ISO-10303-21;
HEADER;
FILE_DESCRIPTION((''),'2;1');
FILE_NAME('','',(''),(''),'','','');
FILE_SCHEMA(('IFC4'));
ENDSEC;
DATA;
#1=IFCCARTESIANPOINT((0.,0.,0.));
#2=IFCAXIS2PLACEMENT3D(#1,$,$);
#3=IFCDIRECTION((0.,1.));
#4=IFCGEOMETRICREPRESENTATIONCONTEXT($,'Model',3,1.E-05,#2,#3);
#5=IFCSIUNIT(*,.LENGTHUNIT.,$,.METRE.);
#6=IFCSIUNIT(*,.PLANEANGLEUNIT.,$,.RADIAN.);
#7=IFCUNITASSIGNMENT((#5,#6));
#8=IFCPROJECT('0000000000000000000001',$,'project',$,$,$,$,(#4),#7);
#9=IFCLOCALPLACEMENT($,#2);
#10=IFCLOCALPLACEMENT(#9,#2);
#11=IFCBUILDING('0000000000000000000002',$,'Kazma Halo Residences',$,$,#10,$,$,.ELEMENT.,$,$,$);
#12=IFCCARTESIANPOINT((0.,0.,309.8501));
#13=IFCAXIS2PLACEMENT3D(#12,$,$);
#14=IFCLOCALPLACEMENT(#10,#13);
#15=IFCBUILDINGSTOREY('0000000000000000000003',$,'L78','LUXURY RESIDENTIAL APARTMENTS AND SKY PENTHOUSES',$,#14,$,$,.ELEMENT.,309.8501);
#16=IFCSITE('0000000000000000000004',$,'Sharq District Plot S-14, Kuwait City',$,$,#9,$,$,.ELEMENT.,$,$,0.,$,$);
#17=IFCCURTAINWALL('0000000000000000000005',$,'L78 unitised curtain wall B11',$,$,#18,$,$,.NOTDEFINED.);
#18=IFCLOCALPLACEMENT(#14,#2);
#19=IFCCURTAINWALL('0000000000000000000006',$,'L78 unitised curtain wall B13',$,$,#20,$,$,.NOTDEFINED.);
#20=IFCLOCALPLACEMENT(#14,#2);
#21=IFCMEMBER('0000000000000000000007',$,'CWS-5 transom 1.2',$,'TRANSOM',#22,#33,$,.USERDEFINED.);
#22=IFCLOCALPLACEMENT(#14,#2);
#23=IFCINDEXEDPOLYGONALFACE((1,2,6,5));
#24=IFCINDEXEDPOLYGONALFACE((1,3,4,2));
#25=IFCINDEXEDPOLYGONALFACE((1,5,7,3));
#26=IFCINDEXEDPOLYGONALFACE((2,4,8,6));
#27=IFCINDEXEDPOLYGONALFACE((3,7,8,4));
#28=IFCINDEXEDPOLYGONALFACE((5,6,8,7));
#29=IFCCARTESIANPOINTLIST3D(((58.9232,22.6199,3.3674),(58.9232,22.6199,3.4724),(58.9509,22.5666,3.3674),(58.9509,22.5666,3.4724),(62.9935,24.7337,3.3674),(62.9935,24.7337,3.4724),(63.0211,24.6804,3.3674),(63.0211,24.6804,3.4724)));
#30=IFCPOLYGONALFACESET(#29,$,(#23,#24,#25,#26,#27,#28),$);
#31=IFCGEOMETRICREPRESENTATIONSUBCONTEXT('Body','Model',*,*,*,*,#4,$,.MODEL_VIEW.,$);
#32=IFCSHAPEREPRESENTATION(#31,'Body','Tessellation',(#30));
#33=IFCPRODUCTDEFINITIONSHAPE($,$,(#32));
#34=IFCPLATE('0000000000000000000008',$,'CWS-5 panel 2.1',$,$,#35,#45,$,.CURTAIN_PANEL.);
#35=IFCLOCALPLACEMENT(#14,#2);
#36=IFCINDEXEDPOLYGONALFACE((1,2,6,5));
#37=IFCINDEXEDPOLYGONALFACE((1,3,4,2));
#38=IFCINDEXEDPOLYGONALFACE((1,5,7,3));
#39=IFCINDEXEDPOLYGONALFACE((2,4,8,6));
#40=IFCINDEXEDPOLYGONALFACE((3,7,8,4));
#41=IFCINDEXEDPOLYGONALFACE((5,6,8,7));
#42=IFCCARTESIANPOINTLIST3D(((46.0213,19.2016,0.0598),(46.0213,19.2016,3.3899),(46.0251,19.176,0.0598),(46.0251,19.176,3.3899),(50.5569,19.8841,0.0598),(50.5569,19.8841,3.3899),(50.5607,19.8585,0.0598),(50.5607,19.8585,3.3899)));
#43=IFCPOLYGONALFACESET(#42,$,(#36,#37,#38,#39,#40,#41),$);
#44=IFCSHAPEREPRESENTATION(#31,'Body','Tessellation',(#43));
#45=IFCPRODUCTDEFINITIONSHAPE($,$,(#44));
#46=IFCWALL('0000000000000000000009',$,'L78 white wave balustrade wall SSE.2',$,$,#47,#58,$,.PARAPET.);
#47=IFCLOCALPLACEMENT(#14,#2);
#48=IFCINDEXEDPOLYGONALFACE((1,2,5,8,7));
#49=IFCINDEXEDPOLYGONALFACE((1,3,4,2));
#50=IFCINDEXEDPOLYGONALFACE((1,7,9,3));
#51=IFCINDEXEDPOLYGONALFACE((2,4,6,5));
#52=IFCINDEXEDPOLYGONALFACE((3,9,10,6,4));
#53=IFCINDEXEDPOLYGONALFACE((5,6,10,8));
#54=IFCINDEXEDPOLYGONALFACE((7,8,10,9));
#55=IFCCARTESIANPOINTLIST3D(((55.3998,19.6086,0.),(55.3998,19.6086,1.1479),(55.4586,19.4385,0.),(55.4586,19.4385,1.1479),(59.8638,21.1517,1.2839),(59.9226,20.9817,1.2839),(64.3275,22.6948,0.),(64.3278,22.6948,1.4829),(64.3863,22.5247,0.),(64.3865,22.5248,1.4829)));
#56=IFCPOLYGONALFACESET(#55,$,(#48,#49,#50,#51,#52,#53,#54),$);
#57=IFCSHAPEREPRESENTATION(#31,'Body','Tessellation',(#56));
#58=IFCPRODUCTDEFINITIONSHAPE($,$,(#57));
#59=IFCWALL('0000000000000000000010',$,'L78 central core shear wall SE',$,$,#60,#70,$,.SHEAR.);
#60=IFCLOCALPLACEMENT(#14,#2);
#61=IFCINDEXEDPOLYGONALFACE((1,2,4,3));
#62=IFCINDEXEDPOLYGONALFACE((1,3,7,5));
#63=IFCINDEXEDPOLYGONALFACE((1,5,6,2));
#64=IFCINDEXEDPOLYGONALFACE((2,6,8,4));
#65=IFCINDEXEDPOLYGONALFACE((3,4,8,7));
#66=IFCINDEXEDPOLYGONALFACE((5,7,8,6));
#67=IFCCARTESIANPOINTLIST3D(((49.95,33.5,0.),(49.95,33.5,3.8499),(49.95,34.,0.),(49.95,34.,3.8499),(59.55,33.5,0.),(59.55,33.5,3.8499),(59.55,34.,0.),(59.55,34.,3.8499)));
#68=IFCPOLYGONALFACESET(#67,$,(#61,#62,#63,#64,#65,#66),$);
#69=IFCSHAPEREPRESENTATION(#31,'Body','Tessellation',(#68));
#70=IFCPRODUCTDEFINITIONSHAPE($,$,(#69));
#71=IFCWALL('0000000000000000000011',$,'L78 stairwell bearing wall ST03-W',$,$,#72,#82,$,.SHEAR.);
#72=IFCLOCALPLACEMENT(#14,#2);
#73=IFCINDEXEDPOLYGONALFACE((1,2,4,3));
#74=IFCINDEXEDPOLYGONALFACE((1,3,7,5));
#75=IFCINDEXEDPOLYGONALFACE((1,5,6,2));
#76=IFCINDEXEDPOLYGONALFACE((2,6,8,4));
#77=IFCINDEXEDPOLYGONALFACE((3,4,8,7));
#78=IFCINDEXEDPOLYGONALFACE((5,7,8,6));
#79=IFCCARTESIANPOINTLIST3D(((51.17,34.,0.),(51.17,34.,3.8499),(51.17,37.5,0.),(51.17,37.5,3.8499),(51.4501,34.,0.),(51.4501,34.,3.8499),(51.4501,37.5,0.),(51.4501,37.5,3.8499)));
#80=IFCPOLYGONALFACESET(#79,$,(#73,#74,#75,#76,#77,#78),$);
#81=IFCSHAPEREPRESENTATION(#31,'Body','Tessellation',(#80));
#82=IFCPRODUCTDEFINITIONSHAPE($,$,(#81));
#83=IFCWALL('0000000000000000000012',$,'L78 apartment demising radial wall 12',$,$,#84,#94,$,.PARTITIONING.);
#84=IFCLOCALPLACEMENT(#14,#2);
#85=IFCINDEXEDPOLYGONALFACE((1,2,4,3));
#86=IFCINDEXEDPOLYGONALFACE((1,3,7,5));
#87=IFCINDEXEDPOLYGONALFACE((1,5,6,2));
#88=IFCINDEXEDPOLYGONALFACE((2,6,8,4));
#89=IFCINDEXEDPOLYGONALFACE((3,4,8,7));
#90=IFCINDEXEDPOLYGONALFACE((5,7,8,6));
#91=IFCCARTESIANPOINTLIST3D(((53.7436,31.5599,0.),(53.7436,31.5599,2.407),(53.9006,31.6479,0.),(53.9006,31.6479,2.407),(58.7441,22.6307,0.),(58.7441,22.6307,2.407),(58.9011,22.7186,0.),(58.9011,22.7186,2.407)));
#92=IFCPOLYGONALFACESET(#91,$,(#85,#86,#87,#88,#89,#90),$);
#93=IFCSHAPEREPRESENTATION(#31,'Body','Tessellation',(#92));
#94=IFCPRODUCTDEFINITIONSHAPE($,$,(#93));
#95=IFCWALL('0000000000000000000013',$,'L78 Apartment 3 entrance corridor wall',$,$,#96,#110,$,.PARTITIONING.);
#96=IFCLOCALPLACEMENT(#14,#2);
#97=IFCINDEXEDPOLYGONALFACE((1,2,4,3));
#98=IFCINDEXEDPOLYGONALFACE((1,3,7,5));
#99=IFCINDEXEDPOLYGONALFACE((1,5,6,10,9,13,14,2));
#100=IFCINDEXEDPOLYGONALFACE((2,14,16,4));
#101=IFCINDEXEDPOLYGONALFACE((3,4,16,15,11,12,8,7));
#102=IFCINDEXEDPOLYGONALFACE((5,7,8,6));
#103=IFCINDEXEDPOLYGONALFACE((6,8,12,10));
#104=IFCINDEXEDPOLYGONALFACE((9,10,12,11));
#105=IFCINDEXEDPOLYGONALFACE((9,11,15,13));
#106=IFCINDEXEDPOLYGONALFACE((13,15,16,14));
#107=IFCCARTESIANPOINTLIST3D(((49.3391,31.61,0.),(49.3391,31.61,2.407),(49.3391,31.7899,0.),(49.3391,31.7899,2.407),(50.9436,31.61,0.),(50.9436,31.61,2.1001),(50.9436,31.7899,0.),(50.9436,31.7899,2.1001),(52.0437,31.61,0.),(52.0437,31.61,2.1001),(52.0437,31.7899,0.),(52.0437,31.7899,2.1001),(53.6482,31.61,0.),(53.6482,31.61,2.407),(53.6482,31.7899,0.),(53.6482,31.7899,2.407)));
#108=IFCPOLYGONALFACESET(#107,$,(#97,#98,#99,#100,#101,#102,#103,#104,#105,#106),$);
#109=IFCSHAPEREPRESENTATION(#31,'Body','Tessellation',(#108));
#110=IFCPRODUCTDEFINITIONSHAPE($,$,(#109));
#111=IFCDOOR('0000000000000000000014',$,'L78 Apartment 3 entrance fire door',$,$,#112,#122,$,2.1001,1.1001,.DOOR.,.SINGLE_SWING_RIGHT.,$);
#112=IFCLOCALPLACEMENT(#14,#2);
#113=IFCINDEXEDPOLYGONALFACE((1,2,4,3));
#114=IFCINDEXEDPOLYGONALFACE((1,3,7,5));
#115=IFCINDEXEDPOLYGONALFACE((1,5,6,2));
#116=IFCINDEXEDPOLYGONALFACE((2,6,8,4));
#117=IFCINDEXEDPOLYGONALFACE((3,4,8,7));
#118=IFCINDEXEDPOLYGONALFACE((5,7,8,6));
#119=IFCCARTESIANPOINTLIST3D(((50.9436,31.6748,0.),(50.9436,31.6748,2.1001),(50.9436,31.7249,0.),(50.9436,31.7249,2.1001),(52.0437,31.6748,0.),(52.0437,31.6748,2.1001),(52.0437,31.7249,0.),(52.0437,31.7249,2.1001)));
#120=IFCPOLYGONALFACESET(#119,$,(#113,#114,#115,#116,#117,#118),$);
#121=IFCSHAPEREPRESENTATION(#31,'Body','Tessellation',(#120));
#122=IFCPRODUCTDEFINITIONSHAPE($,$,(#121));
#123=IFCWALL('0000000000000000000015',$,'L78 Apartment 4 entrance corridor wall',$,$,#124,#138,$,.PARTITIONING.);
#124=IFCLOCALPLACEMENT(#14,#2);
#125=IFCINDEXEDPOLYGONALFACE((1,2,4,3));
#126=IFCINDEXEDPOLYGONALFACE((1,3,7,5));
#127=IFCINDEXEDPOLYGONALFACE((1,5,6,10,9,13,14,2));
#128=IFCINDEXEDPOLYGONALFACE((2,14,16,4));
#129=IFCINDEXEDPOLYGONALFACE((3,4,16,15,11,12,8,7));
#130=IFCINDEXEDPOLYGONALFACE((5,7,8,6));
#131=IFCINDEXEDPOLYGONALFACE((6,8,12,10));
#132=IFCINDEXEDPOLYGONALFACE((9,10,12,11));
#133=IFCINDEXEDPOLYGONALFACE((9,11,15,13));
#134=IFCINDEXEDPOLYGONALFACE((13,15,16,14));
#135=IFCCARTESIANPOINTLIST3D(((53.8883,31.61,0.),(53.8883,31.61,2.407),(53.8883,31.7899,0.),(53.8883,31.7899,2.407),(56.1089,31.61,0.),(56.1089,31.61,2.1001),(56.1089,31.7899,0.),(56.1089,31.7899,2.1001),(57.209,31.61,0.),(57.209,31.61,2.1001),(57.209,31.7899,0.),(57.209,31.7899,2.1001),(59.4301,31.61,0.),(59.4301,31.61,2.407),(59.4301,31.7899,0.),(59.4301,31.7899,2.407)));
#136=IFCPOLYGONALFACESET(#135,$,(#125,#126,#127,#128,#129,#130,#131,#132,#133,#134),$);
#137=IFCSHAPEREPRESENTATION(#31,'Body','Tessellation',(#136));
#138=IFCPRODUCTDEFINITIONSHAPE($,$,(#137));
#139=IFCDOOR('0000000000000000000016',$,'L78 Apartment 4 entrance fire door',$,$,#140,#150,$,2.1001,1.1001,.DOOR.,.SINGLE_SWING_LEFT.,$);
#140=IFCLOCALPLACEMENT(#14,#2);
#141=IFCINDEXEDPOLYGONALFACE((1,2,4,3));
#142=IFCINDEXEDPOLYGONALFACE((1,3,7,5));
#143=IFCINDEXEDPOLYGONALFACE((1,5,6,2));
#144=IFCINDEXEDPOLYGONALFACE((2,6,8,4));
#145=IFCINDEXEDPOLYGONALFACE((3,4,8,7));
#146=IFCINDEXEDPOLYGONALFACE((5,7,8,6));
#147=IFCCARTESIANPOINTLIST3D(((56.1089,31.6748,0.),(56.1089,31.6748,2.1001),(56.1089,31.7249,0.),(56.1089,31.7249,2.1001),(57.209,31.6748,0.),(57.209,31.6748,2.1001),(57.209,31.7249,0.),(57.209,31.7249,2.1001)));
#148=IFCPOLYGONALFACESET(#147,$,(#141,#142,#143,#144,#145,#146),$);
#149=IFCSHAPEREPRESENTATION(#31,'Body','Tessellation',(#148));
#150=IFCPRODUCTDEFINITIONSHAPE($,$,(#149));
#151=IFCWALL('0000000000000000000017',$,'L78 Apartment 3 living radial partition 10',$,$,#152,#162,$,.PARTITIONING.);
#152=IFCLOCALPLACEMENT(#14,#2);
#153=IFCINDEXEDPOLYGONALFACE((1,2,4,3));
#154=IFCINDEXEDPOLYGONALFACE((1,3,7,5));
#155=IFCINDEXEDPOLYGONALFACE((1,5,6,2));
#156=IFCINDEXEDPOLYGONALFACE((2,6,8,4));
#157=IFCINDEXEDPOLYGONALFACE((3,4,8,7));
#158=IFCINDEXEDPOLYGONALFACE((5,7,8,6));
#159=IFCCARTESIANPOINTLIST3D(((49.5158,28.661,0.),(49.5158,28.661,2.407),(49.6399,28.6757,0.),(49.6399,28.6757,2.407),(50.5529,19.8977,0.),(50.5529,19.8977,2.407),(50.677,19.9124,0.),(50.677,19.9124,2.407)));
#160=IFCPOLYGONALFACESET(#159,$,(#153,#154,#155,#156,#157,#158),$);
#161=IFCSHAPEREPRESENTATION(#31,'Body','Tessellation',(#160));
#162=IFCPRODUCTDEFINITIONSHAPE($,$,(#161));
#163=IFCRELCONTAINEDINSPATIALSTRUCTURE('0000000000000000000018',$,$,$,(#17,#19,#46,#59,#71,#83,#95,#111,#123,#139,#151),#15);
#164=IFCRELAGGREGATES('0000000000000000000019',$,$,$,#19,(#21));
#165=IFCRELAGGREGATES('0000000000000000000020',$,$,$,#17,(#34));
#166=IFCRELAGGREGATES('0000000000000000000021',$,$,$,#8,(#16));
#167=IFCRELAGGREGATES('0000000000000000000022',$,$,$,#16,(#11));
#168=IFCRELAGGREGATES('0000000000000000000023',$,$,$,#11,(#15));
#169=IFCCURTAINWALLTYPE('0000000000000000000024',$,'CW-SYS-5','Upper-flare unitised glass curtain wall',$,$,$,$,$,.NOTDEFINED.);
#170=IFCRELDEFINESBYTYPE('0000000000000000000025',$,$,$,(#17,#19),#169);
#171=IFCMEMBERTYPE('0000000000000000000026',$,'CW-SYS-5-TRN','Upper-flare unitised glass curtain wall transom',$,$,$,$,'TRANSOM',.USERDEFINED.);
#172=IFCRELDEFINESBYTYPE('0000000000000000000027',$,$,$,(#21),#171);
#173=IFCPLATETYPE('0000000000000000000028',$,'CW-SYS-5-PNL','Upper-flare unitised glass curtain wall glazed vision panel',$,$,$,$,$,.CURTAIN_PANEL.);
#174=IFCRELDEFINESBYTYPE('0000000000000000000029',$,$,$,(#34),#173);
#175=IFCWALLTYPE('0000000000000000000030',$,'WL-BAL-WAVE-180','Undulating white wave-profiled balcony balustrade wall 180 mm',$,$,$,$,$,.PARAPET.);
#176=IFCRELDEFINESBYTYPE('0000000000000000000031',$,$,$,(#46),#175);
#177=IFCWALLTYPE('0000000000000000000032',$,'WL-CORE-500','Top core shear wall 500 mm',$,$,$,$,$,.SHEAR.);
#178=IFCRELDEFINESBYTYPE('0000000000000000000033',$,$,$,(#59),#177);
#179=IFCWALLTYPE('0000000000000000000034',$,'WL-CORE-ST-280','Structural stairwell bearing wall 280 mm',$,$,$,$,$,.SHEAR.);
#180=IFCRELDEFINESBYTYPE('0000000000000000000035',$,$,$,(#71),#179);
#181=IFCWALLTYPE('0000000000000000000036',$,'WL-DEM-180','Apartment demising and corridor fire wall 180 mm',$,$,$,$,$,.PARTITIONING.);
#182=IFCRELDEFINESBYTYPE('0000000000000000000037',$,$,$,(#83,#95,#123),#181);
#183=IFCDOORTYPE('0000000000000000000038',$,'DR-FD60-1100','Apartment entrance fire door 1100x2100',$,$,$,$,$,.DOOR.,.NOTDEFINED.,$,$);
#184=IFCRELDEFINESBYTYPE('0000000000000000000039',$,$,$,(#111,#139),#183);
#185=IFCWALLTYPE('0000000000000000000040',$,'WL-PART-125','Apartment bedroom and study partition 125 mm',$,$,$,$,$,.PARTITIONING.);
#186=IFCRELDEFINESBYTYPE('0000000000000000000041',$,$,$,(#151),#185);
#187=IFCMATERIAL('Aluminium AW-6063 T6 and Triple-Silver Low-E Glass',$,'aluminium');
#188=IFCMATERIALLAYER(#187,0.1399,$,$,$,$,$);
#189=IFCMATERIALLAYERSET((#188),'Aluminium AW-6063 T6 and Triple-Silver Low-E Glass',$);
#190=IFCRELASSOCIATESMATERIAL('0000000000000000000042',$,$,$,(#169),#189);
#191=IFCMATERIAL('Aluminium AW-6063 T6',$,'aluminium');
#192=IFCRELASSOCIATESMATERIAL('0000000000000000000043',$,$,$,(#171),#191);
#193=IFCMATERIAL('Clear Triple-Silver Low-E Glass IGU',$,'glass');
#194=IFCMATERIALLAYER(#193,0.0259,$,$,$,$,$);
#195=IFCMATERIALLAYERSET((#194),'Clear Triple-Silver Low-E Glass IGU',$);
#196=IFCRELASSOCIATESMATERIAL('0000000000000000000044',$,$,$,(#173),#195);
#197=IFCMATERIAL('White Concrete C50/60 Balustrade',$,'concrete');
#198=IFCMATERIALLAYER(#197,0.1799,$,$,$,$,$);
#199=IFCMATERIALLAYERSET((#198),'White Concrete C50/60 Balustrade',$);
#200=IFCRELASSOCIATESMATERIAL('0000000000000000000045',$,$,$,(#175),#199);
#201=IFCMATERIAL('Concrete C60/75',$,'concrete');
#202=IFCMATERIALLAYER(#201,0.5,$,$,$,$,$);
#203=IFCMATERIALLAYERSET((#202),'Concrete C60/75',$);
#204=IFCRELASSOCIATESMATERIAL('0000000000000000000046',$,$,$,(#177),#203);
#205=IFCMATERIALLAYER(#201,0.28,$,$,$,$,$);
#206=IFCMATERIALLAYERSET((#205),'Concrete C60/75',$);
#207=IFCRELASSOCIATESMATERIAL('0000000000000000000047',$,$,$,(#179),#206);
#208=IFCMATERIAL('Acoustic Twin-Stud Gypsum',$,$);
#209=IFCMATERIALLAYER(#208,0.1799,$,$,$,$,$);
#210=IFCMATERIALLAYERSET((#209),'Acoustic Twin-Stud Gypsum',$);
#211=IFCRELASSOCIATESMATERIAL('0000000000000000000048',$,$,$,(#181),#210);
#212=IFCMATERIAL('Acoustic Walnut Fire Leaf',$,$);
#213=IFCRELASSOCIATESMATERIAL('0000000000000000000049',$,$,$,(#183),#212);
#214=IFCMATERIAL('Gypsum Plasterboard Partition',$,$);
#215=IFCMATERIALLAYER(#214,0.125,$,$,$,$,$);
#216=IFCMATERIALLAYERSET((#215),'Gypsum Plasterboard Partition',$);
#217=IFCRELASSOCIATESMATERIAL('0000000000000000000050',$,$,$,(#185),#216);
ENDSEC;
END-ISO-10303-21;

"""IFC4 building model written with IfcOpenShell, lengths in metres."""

from ifc_helpers import new_model, si_unit, direction, frame, frame_2d, origin, origin_2d, place, context, subcontext, project, spatial, polyline, rectangle, outline, extrude, material, layer, layer_set, material_profile, profile_set, type_object, element, fill, aggregate, save


model = new_model("IFC4")

# Units and contexts
model_context = context("Model", 3, precision=1e-05, world=origin(), true_north=direction((0.0, 1.0)))
body_context = subcontext(model_context, "Body", "Model", "MODEL_VIEW")
ifc_project = project(units=[si_unit("LENGTHUNIT", "METRE"), si_unit("PLANEANGLEUNIT", "RADIAN")], contexts=[model_context])

# Site, building, storey
site_placement = place(None, origin())
site = spatial("IfcSite", under=ifc_project, at=site_placement, Name="Sharq District Plot S-14, Kuwait City", CompositionType="ELEMENT", RefElevation=0.0)
building_placement = place(site_placement, origin())
building = spatial("IfcBuilding", under=site, at=building_placement, Name="Kazma Halo Residences", CompositionType="ELEMENT")
storey_placement = place(building_placement, frame((0.0, 0.0, 309.8501)))
storey = spatial("IfcBuildingStorey", under=building, at=storey_placement, Name="L78", Description="LUXURY RESIDENTIAL APARTMENTS AND SKY PENTHOUSES", CompositionType="ELEMENT", Elevation=309.8501)

# Shared definitions
ifc_material_1 = material(Name="Concrete C60/75", Category="concrete")

# Curtain wall
ifc_material_2 = material(Name="Aluminium AW-6063 T6 and Triple-Silver Low-E Glass", Category="aluminium")
ifc_layer_1 = layer(ifc_material_2, 0.1399)
ifc_layer_set_1 = layer_set([ifc_layer_1], Name="Aluminium AW-6063 T6 and Triple-Silver Low-E Glass")
curtain_wall_type = type_object("IfcCurtainWallType", Name="CW-SYS-5", Description="Upper-flare unitised glass curtain wall", PredefinedType="NOTDEFINED", material=ifc_layer_set_1)
curtain_wall_1_placement = place(storey_placement, origin())
curtain_wall_1 = element("IfcCurtainWall", 1, at=curtain_wall_1_placement, inside=storey, type_object=curtain_wall_type, Name="L78 unitised curtain wall B11", PredefinedType="NOTDEFINED")
ifc_material_3 = material(Name="Aluminium AW-6063 T6", Category="aluminium")

# Curtain wall, member
curtain_wall_2_placement = place(storey_placement, origin())
curtain_wall_2 = element("IfcCurtainWall", 2, at=curtain_wall_2_placement, inside=storey, type_object=curtain_wall_type, Name="L78 unitised curtain wall B13", PredefinedType="NOTDEFINED")
ifc_material_profile_1 = material_profile(ifc_material_3, rectangle(XDim=0.0601, YDim=0.105, at=origin_2d()), Name="CWT-60x105")
ifc_profile_set_1 = profile_set([ifc_material_profile_1], Name="Aluminium AW-6063 T6")
member_type_1 = type_object("IfcMemberType", Name="CW-SYS-5-TRN", Description="Upper-flare unitised glass curtain wall transom", ElementType="TRANSOM", PredefinedType="USERDEFINED", material=ifc_profile_set_1)
member_1_placement = place(storey_placement, frame((58.937, 22.5933, 3.4199), z_axis=(0.887466, 0.460873, 0.0), x_axis=(-0.460873, 0.887466, 0.0)))
member_1 = element("IfcMember", 3, at=member_1_placement, type_object=member_type_1, Name="CWS-5 transom 1.2", ObjectType="TRANSOM", PredefinedType="USERDEFINED", context=body_context, shape_type="SweptSolid", body=[
    extrude(rectangle(XDim=0.0601, YDim=0.105, at=origin_2d()), origin(), (0.0, 0.0, 1.0), 4.5864),
])
aggregate(curtain_wall_2, [member_1])

# Plate
ifc_material_4 = material(Name="Clear Triple-Silver Low-E Glass IGU", Category="glass")
ifc_layer_2 = layer(ifc_material_4, 0.0259)
ifc_layer_set_2 = layer_set([ifc_layer_2], Name="Clear Triple-Silver Low-E Glass IGU")
plate_type = type_object("IfcPlateType", Name="CW-SYS-5-PNL", Description="Upper-flare unitised glass curtain wall glazed vision panel", PredefinedType="CURTAIN_PANEL", material=ifc_layer_set_2)
plate_placement = place(storey_placement, frame((48.291, 19.53, 0.0598), z_axis=(0.0, 0.0, 1.0), x_axis=(0.988867, 0.148804, 0.0)))
plate = element("IfcPlate", 4, at=plate_placement, type_object=plate_type, Name="CWS-5 panel 2.1", PredefinedType="CURTAIN_PANEL", context=body_context, shape_type="SweptSolid", body=[
    extrude(rectangle(XDim=4.5867, YDim=0.0259, at=origin_2d()), origin(), (0.0, 0.0, 1.0), 3.3301),
])
aggregate(curtain_wall_1, [plate])

# Walls
ifc_material_5 = material(Name="White Concrete C50/60 Balustrade", Category="concrete")
ifc_layer_3 = layer(ifc_material_5, 0.1799)
ifc_layer_set_3 = layer_set([ifc_layer_3], Name="White Concrete C50/60 Balustrade")
wall_type_1 = type_object("IfcWallType", Name="WL-BAL-WAVE-180", Description="Undulating white wave-profiled balcony balustrade wall 180 mm", PredefinedType="PARAPET", material=ifc_layer_set_3)
wall_1_placement = place(storey_placement, frame((55.4292, 19.5237, 0.0), z_axis=(0.0, 0.0, 1.0), x_axis=(0.945123, 0.326715, 0.0)))
element("IfcWall", 5, at=wall_1_placement, inside=storey, type_object=wall_type_1, Name="L78 white wave balustrade wall SSE.2", PredefinedType="PARAPET", context=body_context, shape_type="SweptSolid", body=[
    extrude(outline(polyline([(0.0, 0.0), (9.446, 0.0), (9.4463, 1.4829), (4.7231, 1.2839), (0.0, 1.1479), (0.0, 0.0)])), frame((0.0, 0.0898, 0.0), z_axis=(0.0, -1.0, 0.0), x_axis=(1.0, 0.0, 0.0)), (0.0, 0.0, 1.0), 0.1799),
])
ifc_layer_4 = layer(ifc_material_1, 0.5)
ifc_layer_set_4 = layer_set([ifc_layer_4], Name="Concrete C60/75")
wall_type_2 = type_object("IfcWallType", Name="WL-CORE-500", Description="Top core shear wall 500 mm", PredefinedType="SHEAR", material=ifc_layer_set_4)
wall_2_placement = place(storey_placement, frame((49.95, 33.75, 0.0), z_axis=(0.0, 0.0, 1.0), x_axis=(1.0, 0.0, 0.0)))
element("IfcWall", 6, at=wall_2_placement, inside=storey, type_object=wall_type_2, Name="L78 central core shear wall SE", PredefinedType="SHEAR", context=body_context, shape_type="SweptSolid", body=[
    extrude(rectangle(XDim=9.6001, YDim=0.5, at=frame_2d((4.8, 0.0))), origin(), (0.0, 0.0, 1.0), 3.8499),
])
ifc_layer_5 = layer(ifc_material_1, 0.28)
ifc_layer_set_5 = layer_set([ifc_layer_5], Name="Concrete C60/75")
wall_type_3 = type_object("IfcWallType", Name="WL-CORE-ST-280", Description="Structural stairwell bearing wall 280 mm", PredefinedType="SHEAR", material=ifc_layer_set_5)
wall_3_placement = place(storey_placement, frame((51.3101, 34.0, 0.0), z_axis=(0.0, 0.0, 1.0), x_axis=(0.0, 1.0, 0.0)))
element("IfcWall", 7, at=wall_3_placement, inside=storey, type_object=wall_type_3, Name="L78 stairwell bearing wall ST03-W", PredefinedType="SHEAR", context=body_context, shape_type="SweptSolid", body=[
    extrude(rectangle(XDim=3.5, YDim=0.28, at=frame_2d((1.75, 0.0))), origin(), (0.0, 0.0, 1.0), 3.8499),
])
ifc_material_6 = material(Name="Acoustic Twin-Stud Gypsum")
ifc_layer_6 = layer(ifc_material_6, 0.1799)
ifc_layer_set_6 = layer_set([ifc_layer_6], Name="Acoustic Twin-Stud Gypsum")
wall_type_4 = type_object("IfcWallType", Name="WL-DEM-180", Description="Apartment demising and corridor fire wall 180 mm", PredefinedType="PARTITIONING", material=ifc_layer_set_6)
wall_4_placement = place(storey_placement, frame((53.822, 31.604, 0.0), z_axis=(0.0, 0.0, 1.0), x_axis=(0.488614, -0.8725, 0.0)))
element("IfcWall", 8, at=wall_4_placement, inside=storey, type_object=wall_type_4, Name="L78 apartment demising radial wall 12", PredefinedType="PARTITIONING", context=body_context, shape_type="SweptSolid", body=[
    extrude(rectangle(XDim=10.2341, YDim=0.1799, at=frame_2d((5.1172, 0.0))), origin(), (0.0, 0.0, 1.0), 2.407),
])

# Walls, openings, doors
wall_5_placement = place(storey_placement, frame((49.3391, 31.7, 0.0), z_axis=(0.0, 0.0, 1.0), x_axis=(1.0, 0.0, 0.0)))
wall_5 = element("IfcWall", 9, at=wall_5_placement, inside=storey, type_object=wall_type_4, Name="L78 Apartment 3 entrance corridor wall", PredefinedType="PARTITIONING", context=body_context, shape_type="SweptSolid", body=[
    extrude(rectangle(XDim=4.3091, YDim=0.1799, at=frame_2d((2.1545, 0.0))), origin(), (0.0, 0.0, 1.0), 2.407),
])
opening_1_placement = place(wall_5_placement, frame((1.6045, 0.0, 0.0)))
opening_1 = element("IfcOpeningElement", 10, at=opening_1_placement, cuts=wall_5, PredefinedType="OPENING", context=body_context, shape_type="SweptSolid", body=[
    extrude(rectangle(XDim=1.1001, YDim=2.1001, at=frame_2d((0.55, 1.05))), frame((0.0, 0.0999, 0.0), z_axis=(0.0, -1.0, 0.0), x_axis=(1.0, 0.0, 0.0)), (0.0, 0.0, 1.0), 0.2),
])
ifc_material_7 = material(Name="Acoustic Walnut Fire Leaf")
door_type_1 = type_object("IfcDoorType", Name="DR-FD60-1100", Description="Apartment entrance fire door 1100x2100", OperationType="NOTDEFINED", PredefinedType="DOOR", material=ifc_material_7)
door_1_placement = place(opening_1_placement, origin())
door_1 = element("IfcDoor", 11, at=door_1_placement, inside=storey, type_object=door_type_1, Name="L78 Apartment 3 entrance fire door", OperationType="SINGLE_SWING_RIGHT", OverallHeight=2.1001, OverallWidth=1.1001, PredefinedType="DOOR", context=body_context, shape_type="SweptSolid", body=[
    extrude(rectangle(XDim=1.1001, YDim=2.1001, at=frame_2d((0.55, 1.05))), frame((0.0, 0.0249, 0.0), z_axis=(0.0, -1.0, 0.0), x_axis=(1.0, 0.0, 0.0)), (0.0, 0.0, 1.0), 0.05),
])
fill(opening_1, door_1)
wall_6_placement = place(storey_placement, frame((53.8882, 31.7, 0.0), z_axis=(0.0, 0.0, 1.0), x_axis=(1.0, 0.0, 0.0)))
wall_6 = element("IfcWall", 12, at=wall_6_placement, inside=storey, type_object=wall_type_4, Name="L78 Apartment 4 entrance corridor wall", PredefinedType="PARTITIONING", context=body_context, shape_type="SweptSolid", body=[
    extrude(rectangle(XDim=5.5417, YDim=0.1799, at=frame_2d((2.771, 0.0))), origin(), (0.0, 0.0, 1.0), 2.407),
])
opening_2_placement = place(wall_6_placement, frame((2.2207, 0.0, 0.0)))
opening_2 = element("IfcOpeningElement", 13, at=opening_2_placement, cuts=wall_6, PredefinedType="OPENING", context=body_context, shape_type="SweptSolid", body=[
    extrude(rectangle(XDim=1.1001, YDim=2.1001, at=frame_2d((0.55, 1.05))), frame((0.0, 0.0999, 0.0), z_axis=(0.0, -1.0, 0.0), x_axis=(1.0, 0.0, 0.0)), (0.0, 0.0, 1.0), 0.2),
])
door_2_placement = place(opening_2_placement, origin())
door_2 = element("IfcDoor", 14, at=door_2_placement, inside=storey, type_object=door_type_1, Name="L78 Apartment 4 entrance fire door", OperationType="SINGLE_SWING_LEFT", OverallHeight=2.1001, OverallWidth=1.1001, PredefinedType="DOOR", context=body_context, shape_type="SweptSolid", body=[
    extrude(rectangle(XDim=1.1001, YDim=2.1001, at=frame_2d((0.55, 1.05))), frame((0.0, 0.0249, 0.0), z_axis=(0.0, -1.0, 0.0), x_axis=(1.0, 0.0, 0.0)), (0.0, 0.0, 1.0), 0.05),
])
fill(opening_2, door_2)

# Wall
ifc_material_8 = material(Name="Gypsum Plasterboard Partition")
ifc_layer_7 = layer(ifc_material_8, 0.125)
ifc_layer_set_7 = layer_set([ifc_layer_7], Name="Gypsum Plasterboard Partition")
wall_type_5 = type_object("IfcWallType", Name="WL-PART-125", Description="Apartment bedroom and study partition 125 mm", PredefinedType="PARTITIONING", material=ifc_layer_set_7)
wall_7_placement = place(storey_placement, frame((49.5779, 28.6682, 0.0), z_axis=(0.0, 0.0, 1.0), x_axis=(0.117525, -0.99307, 0.0)))
element("IfcWall", 15, at=wall_7_placement, inside=storey, type_object=wall_type_5, Name="L78 Apartment 3 living radial partition 10", PredefinedType="PARTITIONING", context=body_context, shape_type="SweptSolid", body=[
    extrude(rectangle(XDim=8.8245, YDim=0.125, at=frame_2d((4.4121, 0.0))), origin(), (0.0, 0.0, 1.0), 2.407),
])

save(model, "model.ifc")
